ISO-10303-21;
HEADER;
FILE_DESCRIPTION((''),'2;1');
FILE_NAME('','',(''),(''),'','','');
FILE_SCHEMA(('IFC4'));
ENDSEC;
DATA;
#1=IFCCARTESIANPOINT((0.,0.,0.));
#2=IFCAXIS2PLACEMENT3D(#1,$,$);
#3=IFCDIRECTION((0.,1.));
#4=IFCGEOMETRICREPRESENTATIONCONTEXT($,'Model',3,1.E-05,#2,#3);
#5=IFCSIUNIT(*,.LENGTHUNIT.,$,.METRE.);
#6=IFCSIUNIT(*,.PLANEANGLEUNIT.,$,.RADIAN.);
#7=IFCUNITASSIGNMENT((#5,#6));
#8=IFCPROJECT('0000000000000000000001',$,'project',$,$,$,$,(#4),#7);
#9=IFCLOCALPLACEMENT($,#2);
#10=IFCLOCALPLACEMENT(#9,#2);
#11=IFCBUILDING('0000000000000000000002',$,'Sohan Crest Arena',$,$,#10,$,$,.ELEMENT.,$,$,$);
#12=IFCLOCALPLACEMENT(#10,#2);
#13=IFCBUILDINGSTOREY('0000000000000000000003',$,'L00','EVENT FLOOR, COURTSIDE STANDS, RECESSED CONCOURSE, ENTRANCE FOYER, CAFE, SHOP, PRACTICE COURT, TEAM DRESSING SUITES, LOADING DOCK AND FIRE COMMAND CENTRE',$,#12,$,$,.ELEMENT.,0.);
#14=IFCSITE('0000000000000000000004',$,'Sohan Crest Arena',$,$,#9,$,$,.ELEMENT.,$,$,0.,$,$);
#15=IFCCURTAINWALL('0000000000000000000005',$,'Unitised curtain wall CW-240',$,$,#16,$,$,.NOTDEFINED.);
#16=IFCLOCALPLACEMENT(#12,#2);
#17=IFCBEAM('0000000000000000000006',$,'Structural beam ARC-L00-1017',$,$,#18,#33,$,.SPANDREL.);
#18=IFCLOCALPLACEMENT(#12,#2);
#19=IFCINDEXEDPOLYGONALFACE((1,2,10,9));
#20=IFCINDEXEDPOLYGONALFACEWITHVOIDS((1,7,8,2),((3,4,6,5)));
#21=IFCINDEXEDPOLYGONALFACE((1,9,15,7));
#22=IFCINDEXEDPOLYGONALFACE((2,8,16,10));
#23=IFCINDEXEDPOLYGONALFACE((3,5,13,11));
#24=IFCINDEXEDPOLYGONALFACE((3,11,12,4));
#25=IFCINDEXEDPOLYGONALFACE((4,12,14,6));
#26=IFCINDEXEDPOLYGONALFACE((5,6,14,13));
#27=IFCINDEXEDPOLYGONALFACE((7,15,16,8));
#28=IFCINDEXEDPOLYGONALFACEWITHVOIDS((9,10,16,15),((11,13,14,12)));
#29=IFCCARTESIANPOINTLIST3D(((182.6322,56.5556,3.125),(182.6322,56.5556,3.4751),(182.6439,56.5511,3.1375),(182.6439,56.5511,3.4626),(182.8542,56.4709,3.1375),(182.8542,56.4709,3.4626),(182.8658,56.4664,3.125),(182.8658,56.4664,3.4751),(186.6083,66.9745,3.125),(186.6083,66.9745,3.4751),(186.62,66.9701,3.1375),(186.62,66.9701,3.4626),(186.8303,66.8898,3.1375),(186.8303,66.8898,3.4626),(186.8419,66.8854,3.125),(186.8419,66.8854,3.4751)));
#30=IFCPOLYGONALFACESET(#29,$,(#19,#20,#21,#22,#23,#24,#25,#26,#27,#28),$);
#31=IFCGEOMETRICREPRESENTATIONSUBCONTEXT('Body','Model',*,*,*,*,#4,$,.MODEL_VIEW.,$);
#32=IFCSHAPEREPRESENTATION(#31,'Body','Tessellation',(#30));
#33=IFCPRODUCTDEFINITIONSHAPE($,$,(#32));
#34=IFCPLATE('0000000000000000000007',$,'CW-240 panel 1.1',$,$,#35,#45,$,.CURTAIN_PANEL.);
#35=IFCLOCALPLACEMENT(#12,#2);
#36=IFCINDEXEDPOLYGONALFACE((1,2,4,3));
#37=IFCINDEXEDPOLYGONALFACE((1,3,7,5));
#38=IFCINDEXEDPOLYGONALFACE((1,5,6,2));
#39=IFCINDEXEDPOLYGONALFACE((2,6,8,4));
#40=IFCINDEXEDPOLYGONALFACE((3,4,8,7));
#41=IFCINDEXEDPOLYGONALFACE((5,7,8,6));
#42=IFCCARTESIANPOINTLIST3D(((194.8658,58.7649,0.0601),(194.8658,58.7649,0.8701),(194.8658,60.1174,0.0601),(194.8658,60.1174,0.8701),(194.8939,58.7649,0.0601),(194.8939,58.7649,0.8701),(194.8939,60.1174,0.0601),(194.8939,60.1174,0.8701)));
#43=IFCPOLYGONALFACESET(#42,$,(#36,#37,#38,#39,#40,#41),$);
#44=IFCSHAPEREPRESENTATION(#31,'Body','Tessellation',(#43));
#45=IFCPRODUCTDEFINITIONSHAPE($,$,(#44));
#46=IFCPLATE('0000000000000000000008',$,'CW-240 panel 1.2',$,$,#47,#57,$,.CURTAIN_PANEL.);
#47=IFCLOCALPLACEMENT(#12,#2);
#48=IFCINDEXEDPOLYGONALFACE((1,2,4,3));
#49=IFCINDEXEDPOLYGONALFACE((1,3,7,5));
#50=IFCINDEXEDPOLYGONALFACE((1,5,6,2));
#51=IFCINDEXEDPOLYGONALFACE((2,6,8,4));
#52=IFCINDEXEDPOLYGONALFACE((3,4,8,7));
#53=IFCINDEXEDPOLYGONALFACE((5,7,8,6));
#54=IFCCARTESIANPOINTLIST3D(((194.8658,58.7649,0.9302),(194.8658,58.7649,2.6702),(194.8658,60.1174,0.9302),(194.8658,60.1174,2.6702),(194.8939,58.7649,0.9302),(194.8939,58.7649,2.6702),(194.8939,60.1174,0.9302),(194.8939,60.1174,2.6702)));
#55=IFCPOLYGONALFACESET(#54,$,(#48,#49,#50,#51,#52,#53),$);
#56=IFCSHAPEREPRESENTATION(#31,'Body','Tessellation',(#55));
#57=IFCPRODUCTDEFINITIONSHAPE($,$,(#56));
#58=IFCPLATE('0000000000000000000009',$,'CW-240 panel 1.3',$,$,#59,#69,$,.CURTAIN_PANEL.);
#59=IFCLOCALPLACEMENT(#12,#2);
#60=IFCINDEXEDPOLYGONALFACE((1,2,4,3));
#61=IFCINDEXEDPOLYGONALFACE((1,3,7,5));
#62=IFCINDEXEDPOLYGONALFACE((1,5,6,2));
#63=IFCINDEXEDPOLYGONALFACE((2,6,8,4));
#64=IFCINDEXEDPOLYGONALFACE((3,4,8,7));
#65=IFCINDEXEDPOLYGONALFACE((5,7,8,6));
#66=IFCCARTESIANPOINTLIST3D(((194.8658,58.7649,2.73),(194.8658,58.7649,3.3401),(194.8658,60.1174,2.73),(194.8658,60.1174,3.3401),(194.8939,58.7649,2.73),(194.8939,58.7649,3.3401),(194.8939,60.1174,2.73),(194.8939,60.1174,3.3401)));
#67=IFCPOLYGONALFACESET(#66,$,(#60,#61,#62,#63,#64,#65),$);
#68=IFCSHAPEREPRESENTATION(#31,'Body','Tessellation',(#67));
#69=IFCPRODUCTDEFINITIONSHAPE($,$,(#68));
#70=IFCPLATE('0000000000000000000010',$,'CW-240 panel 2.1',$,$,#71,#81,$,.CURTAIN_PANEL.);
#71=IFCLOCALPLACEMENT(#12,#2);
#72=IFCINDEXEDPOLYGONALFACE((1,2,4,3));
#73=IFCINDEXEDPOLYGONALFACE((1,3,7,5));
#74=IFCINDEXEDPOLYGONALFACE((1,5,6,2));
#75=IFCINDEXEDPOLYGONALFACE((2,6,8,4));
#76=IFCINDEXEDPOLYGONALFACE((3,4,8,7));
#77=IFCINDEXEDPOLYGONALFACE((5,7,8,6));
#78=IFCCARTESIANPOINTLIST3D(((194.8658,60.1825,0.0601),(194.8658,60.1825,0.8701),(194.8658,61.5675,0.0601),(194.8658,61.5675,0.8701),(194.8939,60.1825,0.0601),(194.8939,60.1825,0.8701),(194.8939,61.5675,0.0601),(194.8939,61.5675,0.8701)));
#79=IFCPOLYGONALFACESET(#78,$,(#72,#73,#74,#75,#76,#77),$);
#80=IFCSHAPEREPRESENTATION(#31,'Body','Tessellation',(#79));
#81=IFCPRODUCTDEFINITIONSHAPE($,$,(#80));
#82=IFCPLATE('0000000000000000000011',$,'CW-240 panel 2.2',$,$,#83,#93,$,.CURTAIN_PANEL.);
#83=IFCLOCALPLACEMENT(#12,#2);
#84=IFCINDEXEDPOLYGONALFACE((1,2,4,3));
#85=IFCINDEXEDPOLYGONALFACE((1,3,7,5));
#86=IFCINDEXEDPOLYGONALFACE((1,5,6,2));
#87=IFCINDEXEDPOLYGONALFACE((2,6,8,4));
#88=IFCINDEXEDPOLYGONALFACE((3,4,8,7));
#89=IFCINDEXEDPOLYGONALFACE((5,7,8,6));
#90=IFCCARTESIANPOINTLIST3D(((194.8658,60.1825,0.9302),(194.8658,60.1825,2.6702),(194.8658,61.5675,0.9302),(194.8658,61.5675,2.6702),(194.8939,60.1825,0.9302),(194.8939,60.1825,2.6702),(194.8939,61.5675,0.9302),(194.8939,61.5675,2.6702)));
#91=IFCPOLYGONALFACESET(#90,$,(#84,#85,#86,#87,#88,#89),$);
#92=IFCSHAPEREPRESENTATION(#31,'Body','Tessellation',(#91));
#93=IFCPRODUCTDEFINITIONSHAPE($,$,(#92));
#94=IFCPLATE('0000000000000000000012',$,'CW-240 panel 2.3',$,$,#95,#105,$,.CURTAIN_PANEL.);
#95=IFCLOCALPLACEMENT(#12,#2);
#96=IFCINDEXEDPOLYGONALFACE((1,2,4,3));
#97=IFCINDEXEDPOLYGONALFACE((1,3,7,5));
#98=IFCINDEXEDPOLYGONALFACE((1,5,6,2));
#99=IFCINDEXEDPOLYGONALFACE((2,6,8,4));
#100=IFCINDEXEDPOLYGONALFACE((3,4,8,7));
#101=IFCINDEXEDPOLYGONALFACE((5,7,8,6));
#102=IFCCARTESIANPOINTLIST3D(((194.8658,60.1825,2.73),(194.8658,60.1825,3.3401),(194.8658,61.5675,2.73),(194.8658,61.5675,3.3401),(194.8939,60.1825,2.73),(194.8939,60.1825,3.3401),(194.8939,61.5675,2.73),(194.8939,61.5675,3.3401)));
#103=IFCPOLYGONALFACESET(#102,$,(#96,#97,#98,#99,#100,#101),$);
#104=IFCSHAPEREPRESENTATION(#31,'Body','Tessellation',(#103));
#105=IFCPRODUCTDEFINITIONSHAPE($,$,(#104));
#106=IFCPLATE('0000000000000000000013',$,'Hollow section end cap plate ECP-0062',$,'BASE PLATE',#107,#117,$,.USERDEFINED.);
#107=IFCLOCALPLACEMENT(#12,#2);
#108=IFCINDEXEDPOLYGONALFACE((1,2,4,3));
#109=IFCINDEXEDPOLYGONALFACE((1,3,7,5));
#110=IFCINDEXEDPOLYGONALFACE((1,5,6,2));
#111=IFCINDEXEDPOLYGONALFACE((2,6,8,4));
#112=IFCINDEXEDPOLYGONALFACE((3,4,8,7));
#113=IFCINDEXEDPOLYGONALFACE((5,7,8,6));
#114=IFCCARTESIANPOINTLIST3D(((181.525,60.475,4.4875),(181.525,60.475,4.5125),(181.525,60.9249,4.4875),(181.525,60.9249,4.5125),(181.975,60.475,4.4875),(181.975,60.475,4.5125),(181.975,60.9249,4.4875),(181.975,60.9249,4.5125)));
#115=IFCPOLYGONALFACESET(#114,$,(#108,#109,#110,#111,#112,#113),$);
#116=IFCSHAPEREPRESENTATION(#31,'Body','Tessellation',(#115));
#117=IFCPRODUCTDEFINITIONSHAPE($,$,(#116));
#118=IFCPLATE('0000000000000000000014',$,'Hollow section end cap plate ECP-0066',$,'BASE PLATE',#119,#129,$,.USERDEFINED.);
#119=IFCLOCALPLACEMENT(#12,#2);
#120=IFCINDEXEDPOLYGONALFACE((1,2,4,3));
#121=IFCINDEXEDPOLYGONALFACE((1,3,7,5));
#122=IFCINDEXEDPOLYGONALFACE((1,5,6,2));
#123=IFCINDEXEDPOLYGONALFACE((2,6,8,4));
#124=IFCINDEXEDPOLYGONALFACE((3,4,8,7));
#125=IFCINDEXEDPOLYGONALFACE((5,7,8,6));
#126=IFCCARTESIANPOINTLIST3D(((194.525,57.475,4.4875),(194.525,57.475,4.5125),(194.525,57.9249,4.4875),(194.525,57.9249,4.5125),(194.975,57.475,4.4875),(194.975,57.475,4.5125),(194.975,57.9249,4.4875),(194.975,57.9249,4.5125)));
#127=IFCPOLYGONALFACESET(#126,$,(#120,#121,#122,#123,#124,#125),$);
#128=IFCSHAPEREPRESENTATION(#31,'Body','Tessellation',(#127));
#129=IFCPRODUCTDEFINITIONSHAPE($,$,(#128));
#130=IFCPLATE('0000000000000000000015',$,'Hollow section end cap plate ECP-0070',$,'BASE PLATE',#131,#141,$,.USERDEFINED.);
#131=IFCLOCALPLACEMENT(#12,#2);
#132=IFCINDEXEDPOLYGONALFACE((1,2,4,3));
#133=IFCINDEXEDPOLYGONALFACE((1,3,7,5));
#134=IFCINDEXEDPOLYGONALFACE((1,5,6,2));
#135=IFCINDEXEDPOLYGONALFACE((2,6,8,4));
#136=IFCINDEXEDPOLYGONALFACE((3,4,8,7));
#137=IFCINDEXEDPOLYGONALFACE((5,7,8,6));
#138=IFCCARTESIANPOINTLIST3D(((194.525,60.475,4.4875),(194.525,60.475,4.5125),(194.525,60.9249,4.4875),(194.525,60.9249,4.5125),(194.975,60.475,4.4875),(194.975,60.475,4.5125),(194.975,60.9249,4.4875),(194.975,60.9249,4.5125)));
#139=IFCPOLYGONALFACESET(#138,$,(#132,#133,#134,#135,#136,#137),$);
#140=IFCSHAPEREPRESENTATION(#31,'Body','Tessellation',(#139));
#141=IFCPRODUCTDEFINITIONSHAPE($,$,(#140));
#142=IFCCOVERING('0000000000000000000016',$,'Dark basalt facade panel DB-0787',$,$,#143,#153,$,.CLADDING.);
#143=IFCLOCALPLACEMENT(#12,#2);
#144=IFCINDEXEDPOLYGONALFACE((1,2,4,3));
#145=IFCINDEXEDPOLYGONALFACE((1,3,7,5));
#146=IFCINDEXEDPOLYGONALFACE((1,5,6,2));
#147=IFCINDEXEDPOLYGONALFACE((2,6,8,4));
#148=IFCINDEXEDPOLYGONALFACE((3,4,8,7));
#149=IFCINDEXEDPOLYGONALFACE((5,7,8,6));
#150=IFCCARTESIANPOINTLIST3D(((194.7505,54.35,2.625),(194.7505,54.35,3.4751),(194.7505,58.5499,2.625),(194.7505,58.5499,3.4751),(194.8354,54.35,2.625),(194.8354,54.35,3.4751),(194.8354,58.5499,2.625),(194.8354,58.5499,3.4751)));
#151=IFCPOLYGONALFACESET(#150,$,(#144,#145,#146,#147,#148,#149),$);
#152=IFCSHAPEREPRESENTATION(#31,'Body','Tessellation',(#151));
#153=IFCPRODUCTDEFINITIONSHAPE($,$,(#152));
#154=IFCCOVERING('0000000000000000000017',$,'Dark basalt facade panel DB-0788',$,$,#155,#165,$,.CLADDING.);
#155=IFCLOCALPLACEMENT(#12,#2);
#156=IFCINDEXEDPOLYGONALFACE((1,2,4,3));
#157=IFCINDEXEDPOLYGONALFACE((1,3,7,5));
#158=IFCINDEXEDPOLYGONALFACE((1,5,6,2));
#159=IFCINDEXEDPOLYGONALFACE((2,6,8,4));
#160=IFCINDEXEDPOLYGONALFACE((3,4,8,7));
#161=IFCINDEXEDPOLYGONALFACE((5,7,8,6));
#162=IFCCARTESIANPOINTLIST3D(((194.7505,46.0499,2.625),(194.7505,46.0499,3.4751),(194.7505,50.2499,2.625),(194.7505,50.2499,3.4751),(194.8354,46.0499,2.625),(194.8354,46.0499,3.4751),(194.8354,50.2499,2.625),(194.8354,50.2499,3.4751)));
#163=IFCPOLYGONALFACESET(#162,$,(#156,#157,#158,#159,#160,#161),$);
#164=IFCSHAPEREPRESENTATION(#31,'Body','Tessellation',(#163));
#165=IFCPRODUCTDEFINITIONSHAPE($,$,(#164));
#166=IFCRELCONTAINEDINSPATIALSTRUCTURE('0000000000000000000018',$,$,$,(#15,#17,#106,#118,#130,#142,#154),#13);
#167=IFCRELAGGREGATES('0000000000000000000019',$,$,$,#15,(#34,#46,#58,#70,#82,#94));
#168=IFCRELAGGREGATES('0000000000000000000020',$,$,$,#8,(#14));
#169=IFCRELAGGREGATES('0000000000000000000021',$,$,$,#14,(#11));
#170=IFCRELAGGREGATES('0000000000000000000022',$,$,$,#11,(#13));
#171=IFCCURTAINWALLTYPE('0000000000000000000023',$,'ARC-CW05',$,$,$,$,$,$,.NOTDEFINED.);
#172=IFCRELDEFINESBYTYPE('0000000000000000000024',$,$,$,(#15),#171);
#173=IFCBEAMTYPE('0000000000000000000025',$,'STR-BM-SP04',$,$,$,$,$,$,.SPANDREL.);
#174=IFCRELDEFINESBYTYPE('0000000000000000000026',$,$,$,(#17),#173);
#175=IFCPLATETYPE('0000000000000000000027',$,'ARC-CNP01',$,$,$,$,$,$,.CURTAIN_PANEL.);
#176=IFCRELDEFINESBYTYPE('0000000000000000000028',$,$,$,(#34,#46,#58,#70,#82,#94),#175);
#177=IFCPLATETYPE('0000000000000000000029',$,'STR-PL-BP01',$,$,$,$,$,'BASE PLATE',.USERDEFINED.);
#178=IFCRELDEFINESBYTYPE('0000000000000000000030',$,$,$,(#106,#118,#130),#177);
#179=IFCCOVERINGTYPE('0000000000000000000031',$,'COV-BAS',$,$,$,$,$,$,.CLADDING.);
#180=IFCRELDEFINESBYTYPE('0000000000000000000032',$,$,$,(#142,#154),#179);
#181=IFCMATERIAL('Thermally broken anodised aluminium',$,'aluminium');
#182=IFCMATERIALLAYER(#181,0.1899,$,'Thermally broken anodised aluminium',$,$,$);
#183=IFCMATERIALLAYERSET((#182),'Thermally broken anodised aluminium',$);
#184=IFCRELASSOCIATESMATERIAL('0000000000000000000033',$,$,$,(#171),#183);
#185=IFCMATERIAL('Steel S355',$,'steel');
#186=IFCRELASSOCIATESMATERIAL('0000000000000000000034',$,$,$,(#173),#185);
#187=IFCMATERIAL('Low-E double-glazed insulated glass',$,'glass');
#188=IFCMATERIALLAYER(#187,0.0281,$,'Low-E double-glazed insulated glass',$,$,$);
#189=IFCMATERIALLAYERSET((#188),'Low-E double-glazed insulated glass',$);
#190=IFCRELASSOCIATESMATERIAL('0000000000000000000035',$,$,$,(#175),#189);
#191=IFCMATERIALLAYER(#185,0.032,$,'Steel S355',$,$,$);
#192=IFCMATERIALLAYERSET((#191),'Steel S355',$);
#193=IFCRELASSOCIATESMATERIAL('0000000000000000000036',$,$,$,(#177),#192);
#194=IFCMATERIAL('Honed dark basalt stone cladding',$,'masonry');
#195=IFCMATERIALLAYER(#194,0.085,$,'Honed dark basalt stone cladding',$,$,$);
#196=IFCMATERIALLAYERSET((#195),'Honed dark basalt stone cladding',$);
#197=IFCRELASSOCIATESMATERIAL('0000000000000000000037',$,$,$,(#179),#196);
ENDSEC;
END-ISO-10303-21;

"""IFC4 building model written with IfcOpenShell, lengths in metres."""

from ifc_helpers import new_model, si_unit, direction, frame, origin, origin_2d, place, context, subcontext, project, spatial, rectangle, hollow_rectangle, extrude, material, layer, layer_set, material_profile, profile_set, type_object, element, aggregate, save


model = new_model("IFC4")

# Units and contexts
model_context = context("Model", 3, precision=1e-05, world=origin(), true_north=direction((0.0, 1.0)))
body_context = subcontext(model_context, "Body", "Model", "MODEL_VIEW")
ifc_project = project(units=[si_unit("LENGTHUNIT", "METRE"), si_unit("PLANEANGLEUNIT", "RADIAN")], contexts=[model_context])

# Site, building, storey
site_placement = place(None, origin())
site = spatial("IfcSite", under=ifc_project, at=site_placement, Name="Sohan Crest Arena", CompositionType="ELEMENT", RefElevation=0.0)
building_placement = place(site_placement, origin())
building = spatial("IfcBuilding", under=site, at=building_placement, Name="Sohan Crest Arena", CompositionType="ELEMENT")
storey_placement = place(building_placement, origin())
storey = spatial("IfcBuildingStorey", under=building, at=storey_placement, Name="L00", Description="EVENT FLOOR, COURTSIDE STANDS, RECESSED CONCOURSE, ENTRANCE FOYER, CAFE, SHOP, PRACTICE COURT, TEAM DRESSING SUITES, LOADING DOCK AND FIRE COMMAND CENTRE", CompositionType="ELEMENT", Elevation=0.0)

# Shared definitions
ifc_material_1 = material(Name="Steel S355", Category="steel")

# Curtain wall
ifc_material_2 = material(Name="Thermally broken anodised aluminium", Category="aluminium")
ifc_layer_1 = layer(ifc_material_2, 0.1899, Name="Thermally broken anodised aluminium")
ifc_layer_set_1 = layer_set([ifc_layer_1], Name="Thermally broken anodised aluminium")
curtain_wall_type = type_object("IfcCurtainWallType", Name="ARC-CW05", PredefinedType="NOTDEFINED", material=ifc_layer_set_1)
curtain_wall_placement = place(storey_placement, origin())
curtain_wall = element("IfcCurtainWall", 1, at=curtain_wall_placement, inside=storey, type_object=curtain_wall_type, Name="Unitised curtain wall CW-240", PredefinedType="NOTDEFINED")

# Beam
ifc_material_profile_1 = material_profile(ifc_material_1, hollow_rectangle(XDim=0.25, YDim=0.3501, WallThickness=0.0125, at=origin_2d()), Name="RHS 350x250x12.5")
ifc_profile_set_1 = profile_set([ifc_material_profile_1], Name="Steel S355")
beam_type_1 = type_object("IfcBeamType", Name="STR-BM-SP04", PredefinedType="SPANDREL", material=ifc_profile_set_1)
beam_1_placement = place(storey_placement, frame((182.749, 56.511, 3.3), z_axis=(0.35654, 0.93428, 0.0), x_axis=(-0.93428, 0.35654, 0.0)))
element("IfcBeam", 2, at=beam_1_placement, inside=storey, type_object=beam_type_1, Name="Structural beam ARC-L00-1017", PredefinedType="SPANDREL", context=body_context, shape_type="SweptSolid", body=[
    extrude(hollow_rectangle(XDim=0.25, YDim=0.3501, WallThickness=0.0125, at=origin_2d()), origin(), (0.0, 0.0, 1.0), 11.1519),
])

# Plates
ifc_material_3 = material(Name="Low-E double-glazed insulated glass", Category="glass")
ifc_layer_2 = layer(ifc_material_3, 0.0281, Name="Low-E double-glazed insulated glass")
ifc_layer_set_2 = layer_set([ifc_layer_2], Name="Low-E double-glazed insulated glass")
plate_type_1 = type_object("IfcPlateType", Name="ARC-CNP01", PredefinedType="CURTAIN_PANEL", material=ifc_layer_set_2)
plate_1_placement = place(storey_placement, frame((194.8799, 59.4412, 0.0601), z_axis=(0.0, 0.0, 1.0), x_axis=(0.0, 1.0, 0.0)))
plate_1 = element("IfcPlate", 3, at=plate_1_placement, type_object=plate_type_1, Name="CW-240 panel 1.1", PredefinedType="CURTAIN_PANEL", context=body_context, shape_type="SweptSolid", body=[
    extrude(rectangle(XDim=1.3525, YDim=0.0281, at=origin_2d()), origin(), (0.0, 0.0, 1.0), 0.8101),
])
plate_2_placement = place(storey_placement, frame((194.8799, 59.4412, 0.9302), z_axis=(0.0, 0.0, 1.0), x_axis=(0.0, 1.0, 0.0)))
plate_2 = element("IfcPlate", 4, at=plate_2_placement, type_object=plate_type_1, Name="CW-240 panel 1.2", PredefinedType="CURTAIN_PANEL", context=body_context, shape_type="SweptSolid", body=[
    extrude(rectangle(XDim=1.3525, YDim=0.0281, at=origin_2d()), origin(), (0.0, 0.0, 1.0), 1.74),
])
plate_3_placement = place(storey_placement, frame((194.8799, 59.4412, 2.73), z_axis=(0.0, 0.0, 1.0), x_axis=(0.0, 1.0, 0.0)))
plate_3 = element("IfcPlate", 5, at=plate_3_placement, type_object=plate_type_1, Name="CW-240 panel 1.3", PredefinedType="CURTAIN_PANEL", context=body_context, shape_type="SweptSolid", body=[
    extrude(rectangle(XDim=1.3525, YDim=0.0281, at=origin_2d()), origin(), (0.0, 0.0, 1.0), 0.6101),
])
plate_4_placement = place(storey_placement, frame((194.8799, 60.875, 0.0601), z_axis=(0.0, 0.0, 1.0), x_axis=(0.0, 1.0, 0.0)))
plate_4 = element("IfcPlate", 6, at=plate_4_placement, type_object=plate_type_1, Name="CW-240 panel 2.1", PredefinedType="CURTAIN_PANEL", context=body_context, shape_type="SweptSolid", body=[
    extrude(rectangle(XDim=1.385, YDim=0.0281, at=origin_2d()), origin(), (0.0, 0.0, 1.0), 0.8101),
])
plate_5_placement = place(storey_placement, frame((194.8799, 60.875, 0.9302), z_axis=(0.0, 0.0, 1.0), x_axis=(0.0, 1.0, 0.0)))
plate_5 = element("IfcPlate", 7, at=plate_5_placement, type_object=plate_type_1, Name="CW-240 panel 2.2", PredefinedType="CURTAIN_PANEL", context=body_context, shape_type="SweptSolid", body=[
    extrude(rectangle(XDim=1.385, YDim=0.0281, at=origin_2d()), origin(), (0.0, 0.0, 1.0), 1.74),
])
plate_6_placement = place(storey_placement, frame((194.8799, 60.875, 2.73), z_axis=(0.0, 0.0, 1.0), x_axis=(0.0, 1.0, 0.0)))
plate_6 = element("IfcPlate", 8, at=plate_6_placement, type_object=plate_type_1, Name="CW-240 panel 2.3", PredefinedType="CURTAIN_PANEL", context=body_context, shape_type="SweptSolid", body=[
    extrude(rectangle(XDim=1.385, YDim=0.0281, at=origin_2d()), origin(), (0.0, 0.0, 1.0), 0.6101),
])
aggregate(curtain_wall, [plate_1, plate_2, plate_3, plate_4, plate_5, plate_6])

# Plates
ifc_layer_3 = layer(ifc_material_1, 0.032, Name="Steel S355")
ifc_layer_set_3 = layer_set([ifc_layer_3], Name="Steel S355")
plate_type_2 = type_object("IfcPlateType", Name="STR-PL-BP01", ElementType="BASE PLATE", PredefinedType="USERDEFINED", material=ifc_layer_set_3)
for number, where, z_axis, x_axis, name in (
    (9, (181.75, 60.7, 4.4875), (0.0, 0.0, 1.0), (1.0, 0.0, 0.0), "Hollow section end cap plate ECP-0062"),
    (10, (194.75, 57.7, 4.4875), (0.0, 0.0, 1.0), (1.0, 0.0, 0.0), "Hollow section end cap plate ECP-0066"),
    (11, (194.75, 60.7, 4.4875), (0.0, 0.0, 1.0), (1.0, 0.0, 0.0), "Hollow section end cap plate ECP-0070"),
):
    element("IfcPlate", number, at=place(storey_placement, frame(where, z_axis=z_axis, x_axis=x_axis)), inside=storey, type_object=plate_type_2, Name=name, ObjectType="BASE PLATE", PredefinedType="USERDEFINED", context=body_context, shape_type="SweptSolid", body=[
        extrude(rectangle(XDim=0.45, YDim=0.45, at=origin_2d()), origin(), (0.0, 0.0, 1.0), 0.0249),
    ])

# Coverings
ifc_material_4 = material(Name="Honed dark basalt stone cladding", Category="masonry")
ifc_layer_4 = layer(ifc_material_4, 0.085, Name="Honed dark basalt stone cladding")
ifc_layer_set_4 = layer_set([ifc_layer_4], Name="Honed dark basalt stone cladding")
covering_type = type_object("IfcCoveringType", Name="COV-BAS", PredefinedType="CLADDING", material=ifc_layer_set_4)
for number, where, z_axis, x_axis, name in (
    (12, (194.793, 56.45, 2.625), (0.0, 0.0, 1.0), (0.0, -1.0, 0.0), "Dark basalt facade panel DB-0787"),
    (13, (194.793, 48.1499, 2.625), (0.0, 0.0, 1.0), (0.0, -1.0, 0.0), "Dark basalt facade panel DB-0788"),
):
    element("IfcCovering", number, at=place(storey_placement, frame(where, z_axis=z_axis, x_axis=x_axis)), inside=storey, type_object=covering_type, Name=name, PredefinedType="CLADDING", context=body_context, shape_type="SweptSolid", body=[
        extrude(rectangle(XDim=4.2, YDim=0.085, at=origin_2d()), origin(), (0.0, 0.0, 1.0), 0.8501),
    ])

save(model, "model.ifc")
